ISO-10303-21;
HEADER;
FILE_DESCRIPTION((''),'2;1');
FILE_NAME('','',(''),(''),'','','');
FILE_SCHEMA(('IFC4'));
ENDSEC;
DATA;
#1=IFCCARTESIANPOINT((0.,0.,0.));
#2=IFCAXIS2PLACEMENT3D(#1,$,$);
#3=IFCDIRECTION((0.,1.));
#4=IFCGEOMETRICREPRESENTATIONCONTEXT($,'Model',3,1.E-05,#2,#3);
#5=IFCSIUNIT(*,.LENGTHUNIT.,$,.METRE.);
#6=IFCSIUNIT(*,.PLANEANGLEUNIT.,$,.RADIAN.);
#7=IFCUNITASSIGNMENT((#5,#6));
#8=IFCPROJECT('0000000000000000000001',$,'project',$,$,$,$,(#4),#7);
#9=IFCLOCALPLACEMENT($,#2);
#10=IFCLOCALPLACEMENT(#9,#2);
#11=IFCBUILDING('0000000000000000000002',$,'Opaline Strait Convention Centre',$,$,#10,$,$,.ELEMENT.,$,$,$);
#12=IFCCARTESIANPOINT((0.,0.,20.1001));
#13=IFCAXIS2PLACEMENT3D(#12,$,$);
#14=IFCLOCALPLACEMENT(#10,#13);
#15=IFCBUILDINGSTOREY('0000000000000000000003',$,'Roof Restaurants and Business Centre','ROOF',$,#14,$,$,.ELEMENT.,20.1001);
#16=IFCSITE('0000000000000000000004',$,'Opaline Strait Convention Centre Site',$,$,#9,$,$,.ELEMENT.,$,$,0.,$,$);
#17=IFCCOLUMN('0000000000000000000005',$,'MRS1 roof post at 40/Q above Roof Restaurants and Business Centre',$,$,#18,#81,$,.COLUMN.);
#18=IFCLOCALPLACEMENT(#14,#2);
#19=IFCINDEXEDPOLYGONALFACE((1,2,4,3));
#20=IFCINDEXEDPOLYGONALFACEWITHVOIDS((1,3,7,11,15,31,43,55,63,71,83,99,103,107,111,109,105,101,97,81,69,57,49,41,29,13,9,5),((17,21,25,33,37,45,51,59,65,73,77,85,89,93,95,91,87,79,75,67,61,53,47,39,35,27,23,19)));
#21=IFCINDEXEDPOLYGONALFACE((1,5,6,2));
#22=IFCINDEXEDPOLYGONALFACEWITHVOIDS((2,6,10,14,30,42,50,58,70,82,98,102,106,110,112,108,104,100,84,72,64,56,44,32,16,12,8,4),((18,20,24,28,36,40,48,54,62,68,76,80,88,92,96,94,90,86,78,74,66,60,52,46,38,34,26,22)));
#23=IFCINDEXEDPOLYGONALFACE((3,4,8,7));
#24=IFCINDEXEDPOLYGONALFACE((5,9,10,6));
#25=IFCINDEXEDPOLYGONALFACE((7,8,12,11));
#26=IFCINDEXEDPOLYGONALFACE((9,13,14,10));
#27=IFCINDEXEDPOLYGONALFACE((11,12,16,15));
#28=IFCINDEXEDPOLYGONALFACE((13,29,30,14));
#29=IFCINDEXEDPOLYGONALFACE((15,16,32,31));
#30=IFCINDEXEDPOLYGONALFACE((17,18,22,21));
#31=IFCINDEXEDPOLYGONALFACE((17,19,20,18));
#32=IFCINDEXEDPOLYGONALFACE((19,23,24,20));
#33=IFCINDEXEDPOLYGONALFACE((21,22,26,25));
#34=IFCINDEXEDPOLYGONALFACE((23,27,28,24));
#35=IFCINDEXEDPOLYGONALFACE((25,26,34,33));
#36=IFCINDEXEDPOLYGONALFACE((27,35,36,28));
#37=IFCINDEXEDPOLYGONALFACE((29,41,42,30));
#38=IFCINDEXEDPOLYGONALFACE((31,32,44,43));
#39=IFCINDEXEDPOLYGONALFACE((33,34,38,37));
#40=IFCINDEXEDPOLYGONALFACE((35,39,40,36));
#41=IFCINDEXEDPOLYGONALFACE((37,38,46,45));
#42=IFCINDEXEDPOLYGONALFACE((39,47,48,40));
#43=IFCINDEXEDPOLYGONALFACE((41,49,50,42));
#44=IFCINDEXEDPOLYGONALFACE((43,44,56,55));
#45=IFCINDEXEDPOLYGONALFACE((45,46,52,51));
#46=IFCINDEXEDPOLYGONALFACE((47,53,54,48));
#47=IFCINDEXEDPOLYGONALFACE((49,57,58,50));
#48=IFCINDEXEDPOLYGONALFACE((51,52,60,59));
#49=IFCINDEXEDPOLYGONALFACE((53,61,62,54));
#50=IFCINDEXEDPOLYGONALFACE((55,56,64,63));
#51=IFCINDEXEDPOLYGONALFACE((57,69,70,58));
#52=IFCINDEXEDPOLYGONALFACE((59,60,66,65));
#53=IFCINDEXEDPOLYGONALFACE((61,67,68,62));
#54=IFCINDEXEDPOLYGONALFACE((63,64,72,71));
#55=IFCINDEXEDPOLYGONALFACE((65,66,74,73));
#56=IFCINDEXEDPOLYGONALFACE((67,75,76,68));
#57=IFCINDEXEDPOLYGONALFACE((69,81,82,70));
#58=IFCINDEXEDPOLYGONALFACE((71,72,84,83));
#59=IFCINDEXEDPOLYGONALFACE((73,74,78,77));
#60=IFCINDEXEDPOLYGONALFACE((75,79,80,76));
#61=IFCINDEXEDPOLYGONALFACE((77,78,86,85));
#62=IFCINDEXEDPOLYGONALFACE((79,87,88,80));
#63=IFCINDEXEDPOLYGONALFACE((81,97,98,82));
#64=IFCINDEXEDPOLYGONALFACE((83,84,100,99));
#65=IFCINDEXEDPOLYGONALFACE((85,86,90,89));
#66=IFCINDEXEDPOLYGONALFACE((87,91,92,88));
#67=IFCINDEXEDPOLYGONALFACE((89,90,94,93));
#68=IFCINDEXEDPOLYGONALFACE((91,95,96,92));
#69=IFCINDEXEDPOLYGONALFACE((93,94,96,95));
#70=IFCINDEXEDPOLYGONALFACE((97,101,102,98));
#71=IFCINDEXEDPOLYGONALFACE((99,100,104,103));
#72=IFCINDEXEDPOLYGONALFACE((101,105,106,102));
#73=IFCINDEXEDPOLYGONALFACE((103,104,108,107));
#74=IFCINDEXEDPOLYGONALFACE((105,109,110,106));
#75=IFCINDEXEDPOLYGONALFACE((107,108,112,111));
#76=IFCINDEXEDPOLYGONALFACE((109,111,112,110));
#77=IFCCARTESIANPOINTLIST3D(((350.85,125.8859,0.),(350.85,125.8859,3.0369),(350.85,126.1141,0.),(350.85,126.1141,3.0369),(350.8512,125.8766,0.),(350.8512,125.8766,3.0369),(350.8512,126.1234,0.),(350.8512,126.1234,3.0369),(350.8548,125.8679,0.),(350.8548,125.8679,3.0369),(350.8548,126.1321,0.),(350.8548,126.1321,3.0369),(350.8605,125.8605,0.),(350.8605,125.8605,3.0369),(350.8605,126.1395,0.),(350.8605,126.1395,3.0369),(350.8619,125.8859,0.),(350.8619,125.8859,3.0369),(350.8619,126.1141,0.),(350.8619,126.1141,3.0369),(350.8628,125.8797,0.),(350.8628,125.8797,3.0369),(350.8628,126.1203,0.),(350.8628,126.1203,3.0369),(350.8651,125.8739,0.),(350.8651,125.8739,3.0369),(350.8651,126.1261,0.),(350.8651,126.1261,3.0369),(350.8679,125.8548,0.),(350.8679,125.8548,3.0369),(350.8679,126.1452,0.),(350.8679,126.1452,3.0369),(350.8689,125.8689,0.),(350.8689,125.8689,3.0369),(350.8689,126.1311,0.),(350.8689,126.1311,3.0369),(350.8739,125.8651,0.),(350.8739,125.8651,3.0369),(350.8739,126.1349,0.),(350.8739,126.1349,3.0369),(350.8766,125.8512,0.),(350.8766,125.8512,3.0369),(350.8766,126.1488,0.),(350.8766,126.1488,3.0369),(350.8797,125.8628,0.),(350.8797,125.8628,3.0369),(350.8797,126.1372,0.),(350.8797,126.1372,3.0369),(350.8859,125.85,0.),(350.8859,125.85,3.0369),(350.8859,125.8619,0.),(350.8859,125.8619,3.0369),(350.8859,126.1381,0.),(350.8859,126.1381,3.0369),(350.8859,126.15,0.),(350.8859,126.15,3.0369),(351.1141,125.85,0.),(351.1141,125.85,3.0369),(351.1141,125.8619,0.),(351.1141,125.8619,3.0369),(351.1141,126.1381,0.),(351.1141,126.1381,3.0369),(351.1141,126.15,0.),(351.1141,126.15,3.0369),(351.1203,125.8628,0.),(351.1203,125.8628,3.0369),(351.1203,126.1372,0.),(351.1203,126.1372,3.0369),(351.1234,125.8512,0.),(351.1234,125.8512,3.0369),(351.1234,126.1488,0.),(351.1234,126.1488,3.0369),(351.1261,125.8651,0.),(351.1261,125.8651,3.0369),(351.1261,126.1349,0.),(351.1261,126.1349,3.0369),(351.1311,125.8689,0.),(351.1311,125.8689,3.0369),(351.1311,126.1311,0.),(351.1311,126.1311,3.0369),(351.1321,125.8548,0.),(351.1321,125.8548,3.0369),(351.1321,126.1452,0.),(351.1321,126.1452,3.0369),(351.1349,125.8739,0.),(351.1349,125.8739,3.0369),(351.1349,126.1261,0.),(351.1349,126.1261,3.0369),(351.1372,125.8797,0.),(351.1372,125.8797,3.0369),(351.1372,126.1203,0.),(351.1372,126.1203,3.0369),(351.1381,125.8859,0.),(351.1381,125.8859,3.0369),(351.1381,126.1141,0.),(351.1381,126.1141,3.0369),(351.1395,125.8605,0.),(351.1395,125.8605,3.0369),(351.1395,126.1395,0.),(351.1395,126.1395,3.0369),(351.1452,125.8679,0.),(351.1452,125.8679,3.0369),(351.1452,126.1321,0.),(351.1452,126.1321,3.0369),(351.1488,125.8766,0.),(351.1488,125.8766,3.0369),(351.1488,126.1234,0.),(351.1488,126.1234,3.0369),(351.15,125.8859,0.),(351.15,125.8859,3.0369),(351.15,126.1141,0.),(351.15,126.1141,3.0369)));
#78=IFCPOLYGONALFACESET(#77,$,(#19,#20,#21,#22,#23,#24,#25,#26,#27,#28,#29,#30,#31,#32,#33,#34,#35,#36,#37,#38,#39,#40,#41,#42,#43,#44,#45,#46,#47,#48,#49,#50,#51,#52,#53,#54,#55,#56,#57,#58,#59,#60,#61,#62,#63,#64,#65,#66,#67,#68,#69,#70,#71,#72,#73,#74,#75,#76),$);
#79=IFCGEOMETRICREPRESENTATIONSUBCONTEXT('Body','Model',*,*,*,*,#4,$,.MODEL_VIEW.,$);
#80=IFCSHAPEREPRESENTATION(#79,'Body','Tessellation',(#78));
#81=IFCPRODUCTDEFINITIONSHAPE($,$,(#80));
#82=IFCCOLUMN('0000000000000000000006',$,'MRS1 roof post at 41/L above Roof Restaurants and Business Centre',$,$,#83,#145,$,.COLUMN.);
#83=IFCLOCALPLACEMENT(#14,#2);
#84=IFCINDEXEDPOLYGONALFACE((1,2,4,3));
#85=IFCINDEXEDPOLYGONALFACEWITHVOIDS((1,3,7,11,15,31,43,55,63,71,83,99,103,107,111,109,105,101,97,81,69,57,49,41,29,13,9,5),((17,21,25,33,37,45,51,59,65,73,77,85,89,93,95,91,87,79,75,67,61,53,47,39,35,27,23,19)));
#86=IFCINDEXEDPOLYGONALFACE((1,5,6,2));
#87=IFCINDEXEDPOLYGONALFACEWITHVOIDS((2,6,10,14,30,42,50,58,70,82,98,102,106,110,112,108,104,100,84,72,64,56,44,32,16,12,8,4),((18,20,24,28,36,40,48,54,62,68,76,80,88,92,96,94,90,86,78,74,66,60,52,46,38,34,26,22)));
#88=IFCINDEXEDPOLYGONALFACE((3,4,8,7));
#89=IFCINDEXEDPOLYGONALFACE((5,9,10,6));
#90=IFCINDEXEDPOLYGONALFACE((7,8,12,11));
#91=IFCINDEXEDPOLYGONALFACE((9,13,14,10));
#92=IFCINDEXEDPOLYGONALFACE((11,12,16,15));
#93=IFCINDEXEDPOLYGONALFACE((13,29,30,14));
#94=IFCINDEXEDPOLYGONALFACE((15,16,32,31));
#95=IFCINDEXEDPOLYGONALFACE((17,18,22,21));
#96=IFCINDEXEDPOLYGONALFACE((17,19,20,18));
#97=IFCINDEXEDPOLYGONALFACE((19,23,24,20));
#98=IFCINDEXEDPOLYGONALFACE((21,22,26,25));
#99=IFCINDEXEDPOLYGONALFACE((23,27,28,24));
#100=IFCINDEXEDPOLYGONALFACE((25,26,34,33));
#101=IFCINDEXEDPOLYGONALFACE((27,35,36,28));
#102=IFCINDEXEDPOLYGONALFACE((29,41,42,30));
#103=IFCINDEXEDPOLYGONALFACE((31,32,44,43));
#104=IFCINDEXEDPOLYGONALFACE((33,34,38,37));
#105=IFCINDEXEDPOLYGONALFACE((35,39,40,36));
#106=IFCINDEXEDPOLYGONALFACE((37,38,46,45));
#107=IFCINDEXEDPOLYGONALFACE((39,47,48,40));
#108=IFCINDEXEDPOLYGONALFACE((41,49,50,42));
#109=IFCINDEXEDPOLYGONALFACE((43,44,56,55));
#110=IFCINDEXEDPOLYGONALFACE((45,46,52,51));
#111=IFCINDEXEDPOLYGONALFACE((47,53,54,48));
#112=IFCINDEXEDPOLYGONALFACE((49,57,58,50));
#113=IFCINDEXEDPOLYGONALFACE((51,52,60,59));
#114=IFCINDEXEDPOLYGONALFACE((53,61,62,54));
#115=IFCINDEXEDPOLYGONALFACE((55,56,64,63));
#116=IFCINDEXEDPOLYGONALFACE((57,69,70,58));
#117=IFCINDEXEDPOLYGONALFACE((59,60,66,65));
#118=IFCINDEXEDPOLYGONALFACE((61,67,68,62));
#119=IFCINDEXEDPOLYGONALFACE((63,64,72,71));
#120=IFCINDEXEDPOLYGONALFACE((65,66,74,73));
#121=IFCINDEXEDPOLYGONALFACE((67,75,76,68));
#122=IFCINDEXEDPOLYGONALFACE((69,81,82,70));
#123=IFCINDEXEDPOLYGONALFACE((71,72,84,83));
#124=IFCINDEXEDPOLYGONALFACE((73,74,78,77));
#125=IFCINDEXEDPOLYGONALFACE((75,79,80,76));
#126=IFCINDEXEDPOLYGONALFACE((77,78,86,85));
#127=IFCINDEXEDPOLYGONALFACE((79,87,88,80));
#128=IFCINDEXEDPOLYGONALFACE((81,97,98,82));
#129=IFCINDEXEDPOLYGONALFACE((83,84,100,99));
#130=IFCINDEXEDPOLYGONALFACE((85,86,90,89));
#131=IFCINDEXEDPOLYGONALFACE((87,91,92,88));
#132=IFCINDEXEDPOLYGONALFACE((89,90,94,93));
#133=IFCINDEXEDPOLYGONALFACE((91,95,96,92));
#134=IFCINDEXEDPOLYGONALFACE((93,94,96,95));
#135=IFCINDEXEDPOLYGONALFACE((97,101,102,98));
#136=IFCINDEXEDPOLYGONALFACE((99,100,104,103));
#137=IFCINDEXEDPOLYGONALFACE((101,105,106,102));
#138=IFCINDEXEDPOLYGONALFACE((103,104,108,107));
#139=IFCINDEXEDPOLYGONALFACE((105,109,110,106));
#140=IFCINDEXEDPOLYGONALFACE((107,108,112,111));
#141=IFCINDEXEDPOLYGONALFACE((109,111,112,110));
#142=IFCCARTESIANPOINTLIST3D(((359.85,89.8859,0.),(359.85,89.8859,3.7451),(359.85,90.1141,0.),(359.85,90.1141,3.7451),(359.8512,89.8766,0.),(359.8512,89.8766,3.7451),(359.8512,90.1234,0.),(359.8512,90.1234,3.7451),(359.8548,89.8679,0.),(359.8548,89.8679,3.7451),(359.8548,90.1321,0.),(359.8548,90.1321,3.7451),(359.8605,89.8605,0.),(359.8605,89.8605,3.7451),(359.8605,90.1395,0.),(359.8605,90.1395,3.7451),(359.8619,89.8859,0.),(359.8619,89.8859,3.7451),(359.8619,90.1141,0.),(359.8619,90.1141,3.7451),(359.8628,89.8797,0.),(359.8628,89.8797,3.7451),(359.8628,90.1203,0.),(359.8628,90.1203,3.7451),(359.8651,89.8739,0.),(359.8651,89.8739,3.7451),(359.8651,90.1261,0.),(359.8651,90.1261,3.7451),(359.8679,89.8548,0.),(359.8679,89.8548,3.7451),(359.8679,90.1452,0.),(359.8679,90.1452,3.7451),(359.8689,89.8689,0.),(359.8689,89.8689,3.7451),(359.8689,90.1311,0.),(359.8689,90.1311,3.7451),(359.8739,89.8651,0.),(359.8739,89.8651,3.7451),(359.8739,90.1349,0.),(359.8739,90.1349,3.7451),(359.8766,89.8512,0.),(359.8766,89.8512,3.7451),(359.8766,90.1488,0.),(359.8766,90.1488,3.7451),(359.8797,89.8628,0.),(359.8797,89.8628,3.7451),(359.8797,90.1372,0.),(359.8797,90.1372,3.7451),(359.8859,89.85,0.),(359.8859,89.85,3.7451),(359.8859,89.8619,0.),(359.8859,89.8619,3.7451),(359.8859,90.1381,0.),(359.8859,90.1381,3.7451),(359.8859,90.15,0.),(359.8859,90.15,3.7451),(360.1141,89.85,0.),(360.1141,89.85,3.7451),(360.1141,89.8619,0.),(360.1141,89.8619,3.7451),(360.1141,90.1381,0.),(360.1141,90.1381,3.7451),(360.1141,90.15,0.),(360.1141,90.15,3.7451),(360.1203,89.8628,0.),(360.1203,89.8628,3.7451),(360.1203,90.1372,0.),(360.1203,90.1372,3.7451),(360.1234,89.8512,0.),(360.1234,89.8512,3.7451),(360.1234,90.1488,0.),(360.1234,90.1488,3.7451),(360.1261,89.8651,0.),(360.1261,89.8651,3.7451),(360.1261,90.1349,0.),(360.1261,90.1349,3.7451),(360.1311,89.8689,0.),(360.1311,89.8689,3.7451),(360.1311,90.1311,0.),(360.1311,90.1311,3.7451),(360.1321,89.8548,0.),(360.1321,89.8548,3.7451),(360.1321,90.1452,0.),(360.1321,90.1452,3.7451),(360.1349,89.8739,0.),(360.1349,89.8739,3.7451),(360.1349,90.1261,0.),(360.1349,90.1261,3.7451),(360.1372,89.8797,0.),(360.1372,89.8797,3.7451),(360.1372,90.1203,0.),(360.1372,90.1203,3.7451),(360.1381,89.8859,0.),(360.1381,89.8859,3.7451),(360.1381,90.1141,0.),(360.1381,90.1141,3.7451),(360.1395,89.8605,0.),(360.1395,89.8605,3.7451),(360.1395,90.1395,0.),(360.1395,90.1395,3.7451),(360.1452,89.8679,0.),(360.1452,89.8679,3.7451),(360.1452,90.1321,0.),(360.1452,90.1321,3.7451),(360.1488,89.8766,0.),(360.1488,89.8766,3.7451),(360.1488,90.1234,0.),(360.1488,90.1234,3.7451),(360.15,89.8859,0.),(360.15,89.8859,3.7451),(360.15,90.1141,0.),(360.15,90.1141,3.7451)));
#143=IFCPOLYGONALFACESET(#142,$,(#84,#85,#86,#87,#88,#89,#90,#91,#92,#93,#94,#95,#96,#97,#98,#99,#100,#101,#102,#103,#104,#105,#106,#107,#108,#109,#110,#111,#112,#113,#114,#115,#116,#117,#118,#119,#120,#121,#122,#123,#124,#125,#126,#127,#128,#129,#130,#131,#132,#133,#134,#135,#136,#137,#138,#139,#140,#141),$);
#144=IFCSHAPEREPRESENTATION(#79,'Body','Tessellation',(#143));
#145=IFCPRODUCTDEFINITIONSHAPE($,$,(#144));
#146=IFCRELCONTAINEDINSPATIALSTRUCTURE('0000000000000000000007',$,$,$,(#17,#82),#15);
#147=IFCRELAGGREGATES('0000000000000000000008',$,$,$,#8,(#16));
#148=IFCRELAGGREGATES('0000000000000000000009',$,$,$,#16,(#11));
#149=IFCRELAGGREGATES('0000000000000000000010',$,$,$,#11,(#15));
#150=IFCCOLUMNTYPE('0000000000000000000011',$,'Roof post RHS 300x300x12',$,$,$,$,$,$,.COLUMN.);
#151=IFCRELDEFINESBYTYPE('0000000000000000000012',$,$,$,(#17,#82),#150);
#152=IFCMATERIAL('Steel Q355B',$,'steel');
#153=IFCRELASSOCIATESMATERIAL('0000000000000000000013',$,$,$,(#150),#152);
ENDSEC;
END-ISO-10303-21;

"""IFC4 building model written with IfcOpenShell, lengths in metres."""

from ifc_helpers import new_model, si_unit, direction, frame, origin, origin_2d, place, context, subcontext, project, spatial, hollow_rectangle, extrude, material, material_profile, profile_set, type_object, element, save


model = new_model("IFC4")

# Units and contexts
model_context = context("Model", 3, precision=1e-05, world=origin(), true_north=direction((0.0, 1.0)))
body_context = subcontext(model_context, "Body", "Model", "MODEL_VIEW")
ifc_project = project(units=[si_unit("LENGTHUNIT", "METRE"), si_unit("PLANEANGLEUNIT", "RADIAN")], contexts=[model_context])

# Site, building, storey
site_placement = place(None, origin())
site = spatial("IfcSite", under=ifc_project, at=site_placement, Name="Opaline Strait Convention Centre Site", CompositionType="ELEMENT", RefElevation=0.0)
building_placement = place(site_placement, origin())
building = spatial("IfcBuilding", under=site, at=building_placement, Name="Opaline Strait Convention Centre", CompositionType="ELEMENT")
storey_placement = place(building_placement, frame((0.0, 0.0, 20.1001)))
storey = spatial("IfcBuildingStorey", under=building, at=storey_placement, Name="Roof Restaurants and Business Centre", Description="ROOF", CompositionType="ELEMENT", Elevation=20.1001)

# Columns
ifc_material = material(Name="Steel Q355B", Category="steel")
ifc_material_profile = material_profile(ifc_material, hollow_rectangle(XDim=0.3, YDim=0.3, WallThickness=0.012, InnerFilletRadius=0.0239, OuterFilletRadius=0.0359, at=origin_2d()), Name="RHS 300x300x12")
ifc_profile_set = profile_set([ifc_material_profile], Name="Steel Q355B")
column_type = type_object("IfcColumnType", Name="Roof post RHS 300x300x12", PredefinedType="COLUMN", material=ifc_profile_set)
for number, where, z_axis, x_axis, name in (
    (1, (351.0, 126.0, 0.0), (0.0, 0.0, 1.0), (1.0, 0.0, 0.0), "MRS1 roof post at 40/Q above Roof Restaurants and Business Centre"),
):
    element("IfcColumn", number, at=place(storey_placement, frame(where, z_axis=z_axis, x_axis=x_axis)), inside=storey, type_object=column_type, Name=name, PredefinedType="COLUMN", context=body_context, shape_type="SweptSolid", body=[
        extrude(hollow_rectangle(XDim=0.3, YDim=0.3, WallThickness=0.012, InnerFilletRadius=0.0239, OuterFilletRadius=0.0359, at=origin_2d()), origin(), (0.0, 0.0, 1.0), 3.0369),
    ])
for number, where, z_axis, x_axis, name in (
    (2, (360.0, 90.0, 0.0), (0.0, 0.0, 1.0), (1.0, 0.0, 0.0), "MRS1 roof post at 41/L above Roof Restaurants and Business Centre"),
):
    element("IfcColumn", number, at=place(storey_placement, frame(where, z_axis=z_axis, x_axis=x_axis)), inside=storey, type_object=column_type, Name=name, PredefinedType="COLUMN", context=body_context, shape_type="SweptSolid", body=[
        extrude(hollow_rectangle(XDim=0.3, YDim=0.3, WallThickness=0.012, InnerFilletRadius=0.0239, OuterFilletRadius=0.0359, at=origin_2d()), origin(), (0.0, 0.0, 1.0), 3.7451),
    ])

save(model, "model.ifc")
